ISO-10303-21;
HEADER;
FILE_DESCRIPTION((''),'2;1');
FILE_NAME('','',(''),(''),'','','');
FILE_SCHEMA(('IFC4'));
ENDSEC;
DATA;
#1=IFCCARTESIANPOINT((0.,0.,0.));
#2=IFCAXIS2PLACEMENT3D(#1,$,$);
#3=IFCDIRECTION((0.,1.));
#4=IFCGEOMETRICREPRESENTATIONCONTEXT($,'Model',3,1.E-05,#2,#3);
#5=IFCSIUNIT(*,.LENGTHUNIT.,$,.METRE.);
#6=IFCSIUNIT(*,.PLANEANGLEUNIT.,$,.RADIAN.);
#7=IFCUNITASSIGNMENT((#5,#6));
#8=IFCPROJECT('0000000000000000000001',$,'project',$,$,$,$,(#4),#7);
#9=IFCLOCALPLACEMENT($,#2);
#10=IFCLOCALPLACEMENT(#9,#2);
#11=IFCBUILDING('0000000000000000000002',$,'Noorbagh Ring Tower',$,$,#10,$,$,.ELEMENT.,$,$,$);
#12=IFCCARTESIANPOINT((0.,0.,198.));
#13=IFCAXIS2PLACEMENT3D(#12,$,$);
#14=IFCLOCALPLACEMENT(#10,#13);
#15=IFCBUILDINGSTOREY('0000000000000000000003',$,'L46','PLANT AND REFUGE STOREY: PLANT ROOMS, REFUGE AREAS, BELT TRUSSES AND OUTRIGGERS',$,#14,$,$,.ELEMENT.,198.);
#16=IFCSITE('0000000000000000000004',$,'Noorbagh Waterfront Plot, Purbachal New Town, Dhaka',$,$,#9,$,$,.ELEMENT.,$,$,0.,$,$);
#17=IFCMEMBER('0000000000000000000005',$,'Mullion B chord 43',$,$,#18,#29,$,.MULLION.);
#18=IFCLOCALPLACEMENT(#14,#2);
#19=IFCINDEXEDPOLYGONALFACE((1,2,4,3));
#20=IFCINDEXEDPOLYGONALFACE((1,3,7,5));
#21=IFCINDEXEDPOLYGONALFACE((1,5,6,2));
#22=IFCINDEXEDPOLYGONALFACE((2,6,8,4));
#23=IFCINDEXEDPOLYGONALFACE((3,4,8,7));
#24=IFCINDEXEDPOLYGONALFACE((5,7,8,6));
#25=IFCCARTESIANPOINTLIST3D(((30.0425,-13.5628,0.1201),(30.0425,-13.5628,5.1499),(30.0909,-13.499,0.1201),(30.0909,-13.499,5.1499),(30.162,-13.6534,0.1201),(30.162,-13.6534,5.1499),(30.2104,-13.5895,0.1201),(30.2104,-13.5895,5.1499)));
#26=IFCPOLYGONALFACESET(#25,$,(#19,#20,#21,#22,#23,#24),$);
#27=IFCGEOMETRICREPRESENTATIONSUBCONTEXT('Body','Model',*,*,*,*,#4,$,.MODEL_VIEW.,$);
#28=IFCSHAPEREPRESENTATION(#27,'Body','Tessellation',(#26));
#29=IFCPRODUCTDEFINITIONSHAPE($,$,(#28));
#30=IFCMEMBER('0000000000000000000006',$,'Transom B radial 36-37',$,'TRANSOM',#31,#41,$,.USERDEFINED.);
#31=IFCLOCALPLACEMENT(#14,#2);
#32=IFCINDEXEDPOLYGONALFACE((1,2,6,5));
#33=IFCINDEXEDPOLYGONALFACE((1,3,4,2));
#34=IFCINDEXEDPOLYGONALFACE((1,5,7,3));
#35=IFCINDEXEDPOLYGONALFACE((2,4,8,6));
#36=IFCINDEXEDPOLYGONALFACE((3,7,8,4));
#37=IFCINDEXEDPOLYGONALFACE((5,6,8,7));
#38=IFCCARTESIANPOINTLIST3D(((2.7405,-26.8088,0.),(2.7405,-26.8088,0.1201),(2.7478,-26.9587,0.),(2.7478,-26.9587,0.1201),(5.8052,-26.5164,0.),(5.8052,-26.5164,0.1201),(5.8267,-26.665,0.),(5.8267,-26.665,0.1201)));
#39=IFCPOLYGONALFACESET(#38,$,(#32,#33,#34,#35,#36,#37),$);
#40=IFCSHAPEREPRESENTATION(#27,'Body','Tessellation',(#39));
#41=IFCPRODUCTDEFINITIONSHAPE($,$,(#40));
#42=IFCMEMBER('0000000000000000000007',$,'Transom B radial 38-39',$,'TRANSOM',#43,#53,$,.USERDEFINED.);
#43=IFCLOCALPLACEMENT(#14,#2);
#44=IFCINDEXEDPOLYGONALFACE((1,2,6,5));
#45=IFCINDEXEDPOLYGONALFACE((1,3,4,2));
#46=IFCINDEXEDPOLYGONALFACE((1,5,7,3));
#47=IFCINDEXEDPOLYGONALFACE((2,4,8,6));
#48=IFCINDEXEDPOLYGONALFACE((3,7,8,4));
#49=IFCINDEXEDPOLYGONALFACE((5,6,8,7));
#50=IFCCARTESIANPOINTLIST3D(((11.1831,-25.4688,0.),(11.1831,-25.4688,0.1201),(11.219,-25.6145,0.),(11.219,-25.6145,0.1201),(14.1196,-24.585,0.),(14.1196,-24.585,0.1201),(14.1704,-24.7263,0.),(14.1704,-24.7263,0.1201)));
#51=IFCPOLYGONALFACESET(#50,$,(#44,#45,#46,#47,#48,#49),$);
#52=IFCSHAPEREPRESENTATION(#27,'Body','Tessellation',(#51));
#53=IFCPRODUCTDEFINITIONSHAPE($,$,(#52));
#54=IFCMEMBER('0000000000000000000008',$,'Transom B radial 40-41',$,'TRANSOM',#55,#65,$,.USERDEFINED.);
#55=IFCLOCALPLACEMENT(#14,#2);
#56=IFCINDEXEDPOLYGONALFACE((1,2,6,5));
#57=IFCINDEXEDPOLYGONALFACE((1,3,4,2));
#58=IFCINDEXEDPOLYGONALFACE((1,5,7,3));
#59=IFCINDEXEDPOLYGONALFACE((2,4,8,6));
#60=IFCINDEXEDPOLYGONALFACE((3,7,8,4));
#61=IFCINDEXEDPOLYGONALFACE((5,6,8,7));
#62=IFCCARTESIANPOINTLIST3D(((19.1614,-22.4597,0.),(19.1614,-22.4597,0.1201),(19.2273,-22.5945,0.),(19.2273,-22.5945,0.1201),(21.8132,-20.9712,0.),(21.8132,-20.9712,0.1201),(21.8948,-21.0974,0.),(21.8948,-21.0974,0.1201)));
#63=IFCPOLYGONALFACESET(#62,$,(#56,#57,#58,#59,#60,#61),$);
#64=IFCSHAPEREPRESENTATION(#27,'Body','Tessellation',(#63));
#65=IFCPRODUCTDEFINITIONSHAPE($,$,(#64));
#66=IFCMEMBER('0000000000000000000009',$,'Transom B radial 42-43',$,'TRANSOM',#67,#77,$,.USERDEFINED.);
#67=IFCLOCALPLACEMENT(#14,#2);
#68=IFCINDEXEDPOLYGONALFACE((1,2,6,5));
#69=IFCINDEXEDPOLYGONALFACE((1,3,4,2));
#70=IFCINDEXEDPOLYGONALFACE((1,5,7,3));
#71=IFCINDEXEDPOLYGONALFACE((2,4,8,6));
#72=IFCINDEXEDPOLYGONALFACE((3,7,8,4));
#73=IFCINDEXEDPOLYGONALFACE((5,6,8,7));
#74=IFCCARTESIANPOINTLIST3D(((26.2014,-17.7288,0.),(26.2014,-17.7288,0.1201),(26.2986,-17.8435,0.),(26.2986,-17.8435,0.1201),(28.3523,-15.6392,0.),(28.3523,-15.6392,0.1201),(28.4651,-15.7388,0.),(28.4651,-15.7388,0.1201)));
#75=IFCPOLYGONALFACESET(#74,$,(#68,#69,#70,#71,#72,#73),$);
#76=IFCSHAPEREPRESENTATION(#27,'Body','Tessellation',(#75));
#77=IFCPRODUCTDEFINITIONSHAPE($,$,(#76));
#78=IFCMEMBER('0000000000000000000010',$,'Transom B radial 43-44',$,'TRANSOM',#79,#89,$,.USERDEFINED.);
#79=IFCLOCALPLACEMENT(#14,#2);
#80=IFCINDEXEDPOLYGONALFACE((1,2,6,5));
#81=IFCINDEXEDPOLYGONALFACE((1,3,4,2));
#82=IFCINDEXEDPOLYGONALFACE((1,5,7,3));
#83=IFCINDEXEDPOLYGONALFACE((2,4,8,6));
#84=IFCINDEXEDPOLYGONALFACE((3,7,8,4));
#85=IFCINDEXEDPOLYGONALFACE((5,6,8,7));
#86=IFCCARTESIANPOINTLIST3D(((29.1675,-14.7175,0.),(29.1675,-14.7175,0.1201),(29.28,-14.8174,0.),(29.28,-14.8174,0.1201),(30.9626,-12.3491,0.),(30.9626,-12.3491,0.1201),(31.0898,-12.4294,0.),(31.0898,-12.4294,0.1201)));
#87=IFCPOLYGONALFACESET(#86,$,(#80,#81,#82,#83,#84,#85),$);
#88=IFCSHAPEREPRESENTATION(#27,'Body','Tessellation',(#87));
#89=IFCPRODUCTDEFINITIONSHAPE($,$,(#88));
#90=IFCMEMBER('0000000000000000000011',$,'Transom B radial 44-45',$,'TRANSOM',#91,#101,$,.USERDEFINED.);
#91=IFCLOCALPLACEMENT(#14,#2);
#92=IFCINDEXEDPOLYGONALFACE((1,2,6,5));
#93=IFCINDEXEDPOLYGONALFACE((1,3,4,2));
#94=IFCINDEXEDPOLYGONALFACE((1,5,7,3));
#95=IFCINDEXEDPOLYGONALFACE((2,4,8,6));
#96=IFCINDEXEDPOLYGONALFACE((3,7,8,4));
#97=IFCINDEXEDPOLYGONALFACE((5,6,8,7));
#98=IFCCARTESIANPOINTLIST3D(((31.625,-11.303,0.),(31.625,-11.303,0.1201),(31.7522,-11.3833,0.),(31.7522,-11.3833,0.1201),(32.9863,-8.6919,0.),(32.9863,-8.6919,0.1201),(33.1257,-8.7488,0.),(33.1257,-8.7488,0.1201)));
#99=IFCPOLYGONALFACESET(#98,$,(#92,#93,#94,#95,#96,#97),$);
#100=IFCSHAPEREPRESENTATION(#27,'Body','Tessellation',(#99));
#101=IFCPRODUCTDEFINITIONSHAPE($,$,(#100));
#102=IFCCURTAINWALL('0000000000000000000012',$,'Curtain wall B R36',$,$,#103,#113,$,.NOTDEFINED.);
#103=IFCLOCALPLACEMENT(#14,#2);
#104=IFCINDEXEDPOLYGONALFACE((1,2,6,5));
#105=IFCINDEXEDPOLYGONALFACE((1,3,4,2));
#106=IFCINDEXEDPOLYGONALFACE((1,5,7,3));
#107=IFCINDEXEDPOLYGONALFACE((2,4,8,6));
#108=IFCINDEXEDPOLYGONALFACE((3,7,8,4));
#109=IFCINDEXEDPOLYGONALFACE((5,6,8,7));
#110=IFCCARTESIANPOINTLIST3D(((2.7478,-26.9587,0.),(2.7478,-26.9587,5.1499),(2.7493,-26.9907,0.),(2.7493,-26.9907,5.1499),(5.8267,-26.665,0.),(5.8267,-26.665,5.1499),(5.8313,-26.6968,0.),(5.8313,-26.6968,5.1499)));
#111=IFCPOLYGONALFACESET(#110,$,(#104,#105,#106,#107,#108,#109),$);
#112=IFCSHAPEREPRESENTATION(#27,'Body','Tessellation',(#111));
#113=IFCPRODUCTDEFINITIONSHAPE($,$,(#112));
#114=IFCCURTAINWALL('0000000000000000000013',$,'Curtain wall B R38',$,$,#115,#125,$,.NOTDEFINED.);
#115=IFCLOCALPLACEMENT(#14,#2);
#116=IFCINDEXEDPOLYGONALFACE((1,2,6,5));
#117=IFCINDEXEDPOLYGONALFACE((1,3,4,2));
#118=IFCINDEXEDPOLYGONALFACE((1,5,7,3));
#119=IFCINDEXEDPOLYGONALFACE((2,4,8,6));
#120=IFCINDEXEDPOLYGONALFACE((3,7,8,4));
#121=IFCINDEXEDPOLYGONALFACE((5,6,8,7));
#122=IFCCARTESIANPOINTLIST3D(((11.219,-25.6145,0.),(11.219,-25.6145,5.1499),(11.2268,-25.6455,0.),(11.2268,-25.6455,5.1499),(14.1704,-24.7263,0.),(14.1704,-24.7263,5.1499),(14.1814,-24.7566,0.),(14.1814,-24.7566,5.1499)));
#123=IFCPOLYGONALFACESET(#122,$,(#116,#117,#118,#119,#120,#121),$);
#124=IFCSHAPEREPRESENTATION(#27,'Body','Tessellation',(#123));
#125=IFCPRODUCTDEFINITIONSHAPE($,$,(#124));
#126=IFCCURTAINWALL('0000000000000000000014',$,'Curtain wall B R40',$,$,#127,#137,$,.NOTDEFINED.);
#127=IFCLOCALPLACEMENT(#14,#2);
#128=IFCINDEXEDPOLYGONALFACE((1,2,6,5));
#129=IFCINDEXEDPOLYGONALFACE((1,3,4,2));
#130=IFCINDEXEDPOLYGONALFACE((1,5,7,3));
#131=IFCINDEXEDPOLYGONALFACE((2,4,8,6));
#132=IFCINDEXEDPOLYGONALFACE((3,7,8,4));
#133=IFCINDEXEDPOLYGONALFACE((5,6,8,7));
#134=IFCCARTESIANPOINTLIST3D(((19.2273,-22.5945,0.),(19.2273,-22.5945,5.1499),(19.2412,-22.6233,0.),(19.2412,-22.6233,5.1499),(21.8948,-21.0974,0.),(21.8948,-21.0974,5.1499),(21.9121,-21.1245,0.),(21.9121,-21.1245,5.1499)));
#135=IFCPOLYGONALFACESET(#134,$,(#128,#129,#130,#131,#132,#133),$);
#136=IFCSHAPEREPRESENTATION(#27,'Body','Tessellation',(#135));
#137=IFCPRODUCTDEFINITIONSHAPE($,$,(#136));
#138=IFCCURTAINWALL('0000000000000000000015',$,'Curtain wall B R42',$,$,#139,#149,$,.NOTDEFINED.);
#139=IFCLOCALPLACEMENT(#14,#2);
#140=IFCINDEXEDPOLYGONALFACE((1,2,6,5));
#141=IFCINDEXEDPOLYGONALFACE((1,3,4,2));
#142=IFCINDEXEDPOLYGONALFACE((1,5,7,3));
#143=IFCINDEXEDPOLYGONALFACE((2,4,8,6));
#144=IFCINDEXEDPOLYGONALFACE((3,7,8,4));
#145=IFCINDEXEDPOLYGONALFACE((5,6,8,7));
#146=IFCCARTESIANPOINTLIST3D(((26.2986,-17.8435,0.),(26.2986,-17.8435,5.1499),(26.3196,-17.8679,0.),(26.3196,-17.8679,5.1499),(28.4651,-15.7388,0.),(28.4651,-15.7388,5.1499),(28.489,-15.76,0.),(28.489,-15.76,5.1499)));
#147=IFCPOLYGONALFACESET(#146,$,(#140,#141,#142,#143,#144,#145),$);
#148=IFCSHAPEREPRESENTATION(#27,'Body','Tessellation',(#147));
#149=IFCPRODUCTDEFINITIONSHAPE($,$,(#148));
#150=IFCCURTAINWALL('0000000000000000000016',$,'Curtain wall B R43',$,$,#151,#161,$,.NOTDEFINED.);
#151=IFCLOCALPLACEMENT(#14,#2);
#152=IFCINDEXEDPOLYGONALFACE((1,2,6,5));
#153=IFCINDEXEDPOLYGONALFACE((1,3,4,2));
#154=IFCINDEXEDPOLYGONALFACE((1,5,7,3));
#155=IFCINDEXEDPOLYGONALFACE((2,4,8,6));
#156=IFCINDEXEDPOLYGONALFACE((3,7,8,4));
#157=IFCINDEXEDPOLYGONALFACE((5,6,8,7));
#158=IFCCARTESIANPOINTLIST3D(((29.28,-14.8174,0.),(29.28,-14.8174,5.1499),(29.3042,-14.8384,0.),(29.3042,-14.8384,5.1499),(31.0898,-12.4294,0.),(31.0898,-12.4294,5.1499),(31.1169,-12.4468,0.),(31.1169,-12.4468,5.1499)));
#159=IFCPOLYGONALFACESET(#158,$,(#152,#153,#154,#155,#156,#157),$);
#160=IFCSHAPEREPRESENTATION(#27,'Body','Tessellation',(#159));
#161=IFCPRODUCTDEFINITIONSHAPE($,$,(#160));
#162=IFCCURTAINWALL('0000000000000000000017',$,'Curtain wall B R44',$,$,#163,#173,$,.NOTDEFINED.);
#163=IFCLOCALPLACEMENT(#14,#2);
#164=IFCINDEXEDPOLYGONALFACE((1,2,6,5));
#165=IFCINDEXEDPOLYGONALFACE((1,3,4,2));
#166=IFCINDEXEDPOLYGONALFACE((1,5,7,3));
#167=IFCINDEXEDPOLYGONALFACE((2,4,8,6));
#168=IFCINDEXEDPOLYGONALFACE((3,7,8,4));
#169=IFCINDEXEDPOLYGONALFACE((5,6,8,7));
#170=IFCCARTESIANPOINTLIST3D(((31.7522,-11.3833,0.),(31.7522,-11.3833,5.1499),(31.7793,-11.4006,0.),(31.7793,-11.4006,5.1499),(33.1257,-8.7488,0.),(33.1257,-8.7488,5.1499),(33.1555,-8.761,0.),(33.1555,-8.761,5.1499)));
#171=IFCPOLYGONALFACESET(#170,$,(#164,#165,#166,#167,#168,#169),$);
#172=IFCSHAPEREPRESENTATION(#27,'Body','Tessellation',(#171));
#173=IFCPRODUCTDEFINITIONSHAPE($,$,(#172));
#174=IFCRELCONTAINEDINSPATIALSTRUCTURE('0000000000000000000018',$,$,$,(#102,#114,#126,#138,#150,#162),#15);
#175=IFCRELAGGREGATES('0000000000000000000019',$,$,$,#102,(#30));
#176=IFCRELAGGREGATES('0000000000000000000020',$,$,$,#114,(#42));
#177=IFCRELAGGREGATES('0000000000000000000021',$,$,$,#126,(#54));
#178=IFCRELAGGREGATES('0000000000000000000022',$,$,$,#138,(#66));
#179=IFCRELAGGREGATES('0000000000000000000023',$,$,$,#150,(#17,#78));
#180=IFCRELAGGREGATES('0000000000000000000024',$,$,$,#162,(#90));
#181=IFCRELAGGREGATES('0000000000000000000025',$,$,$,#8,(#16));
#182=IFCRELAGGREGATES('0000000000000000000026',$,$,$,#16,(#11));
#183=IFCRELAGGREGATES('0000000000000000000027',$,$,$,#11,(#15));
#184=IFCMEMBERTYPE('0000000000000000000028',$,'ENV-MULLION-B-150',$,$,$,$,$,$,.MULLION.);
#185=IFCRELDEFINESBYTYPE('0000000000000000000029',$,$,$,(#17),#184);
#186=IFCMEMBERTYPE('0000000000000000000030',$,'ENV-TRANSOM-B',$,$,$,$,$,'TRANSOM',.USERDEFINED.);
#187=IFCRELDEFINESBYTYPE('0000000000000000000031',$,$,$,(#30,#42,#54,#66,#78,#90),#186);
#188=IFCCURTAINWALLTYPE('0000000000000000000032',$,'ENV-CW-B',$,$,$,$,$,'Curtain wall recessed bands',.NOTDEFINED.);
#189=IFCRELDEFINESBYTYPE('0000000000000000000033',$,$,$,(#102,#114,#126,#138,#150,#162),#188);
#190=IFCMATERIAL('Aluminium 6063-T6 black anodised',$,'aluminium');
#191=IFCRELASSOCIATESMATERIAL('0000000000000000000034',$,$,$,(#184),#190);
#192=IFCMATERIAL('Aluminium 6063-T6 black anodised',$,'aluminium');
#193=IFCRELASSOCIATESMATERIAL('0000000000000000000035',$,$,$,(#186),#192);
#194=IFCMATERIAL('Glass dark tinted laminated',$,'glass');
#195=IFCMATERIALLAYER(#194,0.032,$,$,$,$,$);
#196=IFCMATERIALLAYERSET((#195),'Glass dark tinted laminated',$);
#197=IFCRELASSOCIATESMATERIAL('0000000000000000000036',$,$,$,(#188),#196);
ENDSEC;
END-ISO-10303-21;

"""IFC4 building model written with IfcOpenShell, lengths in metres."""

from ifc_helpers import new_model, si_unit, direction, frame, origin, origin_2d, place, context, subcontext, project, spatial, polyline, rectangle, outline, extrude, material, layer, layer_set, material_profile, profile_set, type_object, element, aggregate, save


model = new_model("IFC4")

# Units and contexts
model_context = context("Model", 3, precision=1e-05, world=origin(), true_north=direction((0.0, 1.0)))
body_context = subcontext(model_context, "Body", "Model", "MODEL_VIEW")
ifc_project = project(units=[si_unit("LENGTHUNIT", "METRE"), si_unit("PLANEANGLEUNIT", "RADIAN")], contexts=[model_context])

# Members
ifc_material_1 = material(Name="Aluminium 6063-T6 black anodised", Category="aluminium")
ifc_material_profile = material_profile(ifc_material_1, rectangle(XDim=0.1499, YDim=0.0801, at=origin_2d()), Name="150x80")
ifc_profile_set = profile_set([ifc_material_profile], Name="Aluminium 6063-T6 black anodised")
member_type_1 = type_object("IfcMemberType", Name="ENV-MULLION-B-150", PredefinedType="MULLION", material=ifc_profile_set)
site_placement = place(None, origin())
building_placement = place(site_placement, origin())
storey_placement = place(building_placement, frame((0.0, 0.0, 198.0)))
member_1_placement = place(storey_placement, frame((30.1265, -13.5762, 0.1201), z_axis=(0.0, 0.0, 1.0), x_axis=(-0.796969, 0.60402, 0.0)))
member_1 = element("IfcMember", 1, at=member_1_placement, type_object=member_type_1, Name="Mullion B chord 43", PredefinedType="MULLION", context=body_context, shape_type="SweptSolid", body=[
    extrude(rectangle(XDim=0.1499, YDim=0.0801, at=origin_2d()), origin(), (0.0, 0.0, 1.0), 5.0298),
])
ifc_material_2 = material(Name="Aluminium 6063-T6 black anodised", Category="aluminium")
member_type_2 = type_object("IfcMemberType", Name="ENV-TRANSOM-B", ElementType="TRANSOM", PredefinedType="USERDEFINED", material=ifc_material_2)
member_2_placement = place(storey_placement, origin())
member_2 = element("IfcMember", 2, at=member_2_placement, type_object=member_type_2, Name="Transom B radial 36-37", ObjectType="TRANSOM", PredefinedType="USERDEFINED", context=body_context, shape_type="SweptSolid", body=[
    extrude(outline(polyline([(2.7478, -26.9587), (5.8267, -26.665), (5.8052, -26.5164), (2.7405, -26.8088), (2.7478, -26.9587)])), origin(), (0.0, 0.0, 1.0), 0.1201),
])
member_3_placement = place(storey_placement, origin())
member_3 = element("IfcMember", 3, at=member_3_placement, type_object=member_type_2, Name="Transom B radial 38-39", ObjectType="TRANSOM", PredefinedType="USERDEFINED", context=body_context, shape_type="SweptSolid", body=[
    extrude(outline(polyline([(11.219, -25.6145), (14.1704, -24.7263), (14.1196, -24.585), (11.1831, -25.4688), (11.219, -25.6145)])), origin(), (0.0, 0.0, 1.0), 0.1201),
])
member_4_placement = place(storey_placement, origin())
member_4 = element("IfcMember", 4, at=member_4_placement, type_object=member_type_2, Name="Transom B radial 40-41", ObjectType="TRANSOM", PredefinedType="USERDEFINED", context=body_context, shape_type="SweptSolid", body=[
    extrude(outline(polyline([(19.2273, -22.5945), (21.8948, -21.0974), (21.8132, -20.9712), (19.1614, -22.4597), (19.2273, -22.5945)])), origin(), (0.0, 0.0, 1.0), 0.1201),
])
member_5_placement = place(storey_placement, origin())
member_5 = element("IfcMember", 5, at=member_5_placement, type_object=member_type_2, Name="Transom B radial 42-43", ObjectType="TRANSOM", PredefinedType="USERDEFINED", context=body_context, shape_type="SweptSolid", body=[
    extrude(outline(polyline([(26.2986, -17.8435), (28.4651, -15.7388), (28.3523, -15.6392), (26.2014, -17.7288), (26.2986, -17.8435)])), origin(), (0.0, 0.0, 1.0), 0.1201),
])
member_6_placement = place(storey_placement, origin())
member_6 = element("IfcMember", 6, at=member_6_placement, type_object=member_type_2, Name="Transom B radial 43-44", ObjectType="TRANSOM", PredefinedType="USERDEFINED", context=body_context, shape_type="SweptSolid", body=[
    extrude(outline(polyline([(29.28, -14.8174), (31.0898, -12.4294), (30.9626, -12.3491), (29.1675, -14.7175), (29.28, -14.8174)])), origin(), (0.0, 0.0, 1.0), 0.1201),
])
member_7_placement = place(storey_placement, origin())
member_7 = element("IfcMember", 7, at=member_7_placement, type_object=member_type_2, Name="Transom B radial 44-45", ObjectType="TRANSOM", PredefinedType="USERDEFINED", context=body_context, shape_type="SweptSolid", body=[
    extrude(outline(polyline([(31.7522, -11.3833), (33.1257, -8.7488), (32.9863, -8.6919), (31.625, -11.303), (31.7522, -11.3833)])), origin(), (0.0, 0.0, 1.0), 0.1201),
])

# Site, building, storey
site = spatial("IfcSite", under=ifc_project, at=site_placement, Name="Noorbagh Waterfront Plot, Purbachal New Town, Dhaka", CompositionType="ELEMENT", RefElevation=0.0)
building = spatial("IfcBuilding", under=site, at=building_placement, Name="Noorbagh Ring Tower", CompositionType="ELEMENT")
storey = spatial("IfcBuildingStorey", under=building, at=storey_placement, Name="L46", Description="PLANT AND REFUGE STOREY: PLANT ROOMS, REFUGE AREAS, BELT TRUSSES AND OUTRIGGERS", CompositionType="ELEMENT", Elevation=198.0)

# Curtain walls
ifc_material_3 = material(Name="Glass dark tinted laminated", Category="glass")
ifc_layer = layer(ifc_material_3, 0.032)
ifc_layer_set = layer_set([ifc_layer], Name="Glass dark tinted laminated")
curtain_wall_type = type_object("IfcCurtainWallType", Name="ENV-CW-B", ElementType="Curtain wall recessed bands", PredefinedType="NOTDEFINED", material=ifc_layer_set)
curtain_wall_1_placement = place(storey_placement, origin())
curtain_wall_1 = element("IfcCurtainWall", 8, at=curtain_wall_1_placement, inside=storey, type_object=curtain_wall_type, Name="Curtain wall B R36", PredefinedType="NOTDEFINED", context=body_context, shape_type="SweptSolid", body=[
    extrude(outline(polyline([(2.7493, -26.9907), (5.8313, -26.6968), (5.8267, -26.665), (2.7478, -26.9587), (2.7493, -26.9907)])), origin(), (0.0, 0.0, 1.0), 5.1499),
])
aggregate(curtain_wall_1, [member_2])
curtain_wall_2_placement = place(storey_placement, origin())
curtain_wall_2 = element("IfcCurtainWall", 9, at=curtain_wall_2_placement, inside=storey, type_object=curtain_wall_type, Name="Curtain wall B R38", PredefinedType="NOTDEFINED", context=body_context, shape_type="SweptSolid", body=[
    extrude(outline(polyline([(11.2268, -25.6455), (14.1814, -24.7566), (14.1704, -24.7263), (11.219, -25.6145), (11.2268, -25.6455)])), origin(), (0.0, 0.0, 1.0), 5.1499),
])
aggregate(curtain_wall_2, [member_3])
curtain_wall_3_placement = place(storey_placement, origin())
curtain_wall_3 = element("IfcCurtainWall", 10, at=curtain_wall_3_placement, inside=storey, type_object=curtain_wall_type, Name="Curtain wall B R40", PredefinedType="NOTDEFINED", context=body_context, shape_type="SweptSolid", body=[
    extrude(outline(polyline([(19.2412, -22.6233), (21.9121, -21.1245), (21.8948, -21.0974), (19.2273, -22.5945), (19.2412, -22.6233)])), origin(), (0.0, 0.0, 1.0), 5.1499),
])
aggregate(curtain_wall_3, [member_4])
curtain_wall_4_placement = place(storey_placement, origin())
curtain_wall_4 = element("IfcCurtainWall", 11, at=curtain_wall_4_placement, inside=storey, type_object=curtain_wall_type, Name="Curtain wall B R42", PredefinedType="NOTDEFINED", context=body_context, shape_type="SweptSolid", body=[
    extrude(outline(polyline([(26.3196, -17.8679), (28.489, -15.76), (28.4651, -15.7388), (26.2986, -17.8435), (26.3196, -17.8679)])), origin(), (0.0, 0.0, 1.0), 5.1499),
])
aggregate(curtain_wall_4, [member_5])
curtain_wall_5_placement = place(storey_placement, origin())
curtain_wall_5 = element("IfcCurtainWall", 12, at=curtain_wall_5_placement, inside=storey, type_object=curtain_wall_type, Name="Curtain wall B R43", PredefinedType="NOTDEFINED", context=body_context, shape_type="SweptSolid", body=[
    extrude(outline(polyline([(29.3042, -14.8384), (31.1169, -12.4468), (31.0898, -12.4294), (29.28, -14.8174), (29.3042, -14.8384)])), origin(), (0.0, 0.0, 1.0), 5.1499),
])
aggregate(curtain_wall_5, [member_1, member_6])
curtain_wall_6_placement = place(storey_placement, origin())
curtain_wall_6 = element("IfcCurtainWall", 13, at=curtain_wall_6_placement, inside=storey, type_object=curtain_wall_type, Name="Curtain wall B R44", PredefinedType="NOTDEFINED", context=body_context, shape_type="SweptSolid", body=[
    extrude(outline(polyline([(31.7793, -11.4006), (33.1555, -8.761), (33.1257, -8.7488), (31.7522, -11.3833), (31.7793, -11.4006)])), origin(), (0.0, 0.0, 1.0), 5.1499),
])
aggregate(curtain_wall_6, [member_7])

save(model, "model.ifc")
